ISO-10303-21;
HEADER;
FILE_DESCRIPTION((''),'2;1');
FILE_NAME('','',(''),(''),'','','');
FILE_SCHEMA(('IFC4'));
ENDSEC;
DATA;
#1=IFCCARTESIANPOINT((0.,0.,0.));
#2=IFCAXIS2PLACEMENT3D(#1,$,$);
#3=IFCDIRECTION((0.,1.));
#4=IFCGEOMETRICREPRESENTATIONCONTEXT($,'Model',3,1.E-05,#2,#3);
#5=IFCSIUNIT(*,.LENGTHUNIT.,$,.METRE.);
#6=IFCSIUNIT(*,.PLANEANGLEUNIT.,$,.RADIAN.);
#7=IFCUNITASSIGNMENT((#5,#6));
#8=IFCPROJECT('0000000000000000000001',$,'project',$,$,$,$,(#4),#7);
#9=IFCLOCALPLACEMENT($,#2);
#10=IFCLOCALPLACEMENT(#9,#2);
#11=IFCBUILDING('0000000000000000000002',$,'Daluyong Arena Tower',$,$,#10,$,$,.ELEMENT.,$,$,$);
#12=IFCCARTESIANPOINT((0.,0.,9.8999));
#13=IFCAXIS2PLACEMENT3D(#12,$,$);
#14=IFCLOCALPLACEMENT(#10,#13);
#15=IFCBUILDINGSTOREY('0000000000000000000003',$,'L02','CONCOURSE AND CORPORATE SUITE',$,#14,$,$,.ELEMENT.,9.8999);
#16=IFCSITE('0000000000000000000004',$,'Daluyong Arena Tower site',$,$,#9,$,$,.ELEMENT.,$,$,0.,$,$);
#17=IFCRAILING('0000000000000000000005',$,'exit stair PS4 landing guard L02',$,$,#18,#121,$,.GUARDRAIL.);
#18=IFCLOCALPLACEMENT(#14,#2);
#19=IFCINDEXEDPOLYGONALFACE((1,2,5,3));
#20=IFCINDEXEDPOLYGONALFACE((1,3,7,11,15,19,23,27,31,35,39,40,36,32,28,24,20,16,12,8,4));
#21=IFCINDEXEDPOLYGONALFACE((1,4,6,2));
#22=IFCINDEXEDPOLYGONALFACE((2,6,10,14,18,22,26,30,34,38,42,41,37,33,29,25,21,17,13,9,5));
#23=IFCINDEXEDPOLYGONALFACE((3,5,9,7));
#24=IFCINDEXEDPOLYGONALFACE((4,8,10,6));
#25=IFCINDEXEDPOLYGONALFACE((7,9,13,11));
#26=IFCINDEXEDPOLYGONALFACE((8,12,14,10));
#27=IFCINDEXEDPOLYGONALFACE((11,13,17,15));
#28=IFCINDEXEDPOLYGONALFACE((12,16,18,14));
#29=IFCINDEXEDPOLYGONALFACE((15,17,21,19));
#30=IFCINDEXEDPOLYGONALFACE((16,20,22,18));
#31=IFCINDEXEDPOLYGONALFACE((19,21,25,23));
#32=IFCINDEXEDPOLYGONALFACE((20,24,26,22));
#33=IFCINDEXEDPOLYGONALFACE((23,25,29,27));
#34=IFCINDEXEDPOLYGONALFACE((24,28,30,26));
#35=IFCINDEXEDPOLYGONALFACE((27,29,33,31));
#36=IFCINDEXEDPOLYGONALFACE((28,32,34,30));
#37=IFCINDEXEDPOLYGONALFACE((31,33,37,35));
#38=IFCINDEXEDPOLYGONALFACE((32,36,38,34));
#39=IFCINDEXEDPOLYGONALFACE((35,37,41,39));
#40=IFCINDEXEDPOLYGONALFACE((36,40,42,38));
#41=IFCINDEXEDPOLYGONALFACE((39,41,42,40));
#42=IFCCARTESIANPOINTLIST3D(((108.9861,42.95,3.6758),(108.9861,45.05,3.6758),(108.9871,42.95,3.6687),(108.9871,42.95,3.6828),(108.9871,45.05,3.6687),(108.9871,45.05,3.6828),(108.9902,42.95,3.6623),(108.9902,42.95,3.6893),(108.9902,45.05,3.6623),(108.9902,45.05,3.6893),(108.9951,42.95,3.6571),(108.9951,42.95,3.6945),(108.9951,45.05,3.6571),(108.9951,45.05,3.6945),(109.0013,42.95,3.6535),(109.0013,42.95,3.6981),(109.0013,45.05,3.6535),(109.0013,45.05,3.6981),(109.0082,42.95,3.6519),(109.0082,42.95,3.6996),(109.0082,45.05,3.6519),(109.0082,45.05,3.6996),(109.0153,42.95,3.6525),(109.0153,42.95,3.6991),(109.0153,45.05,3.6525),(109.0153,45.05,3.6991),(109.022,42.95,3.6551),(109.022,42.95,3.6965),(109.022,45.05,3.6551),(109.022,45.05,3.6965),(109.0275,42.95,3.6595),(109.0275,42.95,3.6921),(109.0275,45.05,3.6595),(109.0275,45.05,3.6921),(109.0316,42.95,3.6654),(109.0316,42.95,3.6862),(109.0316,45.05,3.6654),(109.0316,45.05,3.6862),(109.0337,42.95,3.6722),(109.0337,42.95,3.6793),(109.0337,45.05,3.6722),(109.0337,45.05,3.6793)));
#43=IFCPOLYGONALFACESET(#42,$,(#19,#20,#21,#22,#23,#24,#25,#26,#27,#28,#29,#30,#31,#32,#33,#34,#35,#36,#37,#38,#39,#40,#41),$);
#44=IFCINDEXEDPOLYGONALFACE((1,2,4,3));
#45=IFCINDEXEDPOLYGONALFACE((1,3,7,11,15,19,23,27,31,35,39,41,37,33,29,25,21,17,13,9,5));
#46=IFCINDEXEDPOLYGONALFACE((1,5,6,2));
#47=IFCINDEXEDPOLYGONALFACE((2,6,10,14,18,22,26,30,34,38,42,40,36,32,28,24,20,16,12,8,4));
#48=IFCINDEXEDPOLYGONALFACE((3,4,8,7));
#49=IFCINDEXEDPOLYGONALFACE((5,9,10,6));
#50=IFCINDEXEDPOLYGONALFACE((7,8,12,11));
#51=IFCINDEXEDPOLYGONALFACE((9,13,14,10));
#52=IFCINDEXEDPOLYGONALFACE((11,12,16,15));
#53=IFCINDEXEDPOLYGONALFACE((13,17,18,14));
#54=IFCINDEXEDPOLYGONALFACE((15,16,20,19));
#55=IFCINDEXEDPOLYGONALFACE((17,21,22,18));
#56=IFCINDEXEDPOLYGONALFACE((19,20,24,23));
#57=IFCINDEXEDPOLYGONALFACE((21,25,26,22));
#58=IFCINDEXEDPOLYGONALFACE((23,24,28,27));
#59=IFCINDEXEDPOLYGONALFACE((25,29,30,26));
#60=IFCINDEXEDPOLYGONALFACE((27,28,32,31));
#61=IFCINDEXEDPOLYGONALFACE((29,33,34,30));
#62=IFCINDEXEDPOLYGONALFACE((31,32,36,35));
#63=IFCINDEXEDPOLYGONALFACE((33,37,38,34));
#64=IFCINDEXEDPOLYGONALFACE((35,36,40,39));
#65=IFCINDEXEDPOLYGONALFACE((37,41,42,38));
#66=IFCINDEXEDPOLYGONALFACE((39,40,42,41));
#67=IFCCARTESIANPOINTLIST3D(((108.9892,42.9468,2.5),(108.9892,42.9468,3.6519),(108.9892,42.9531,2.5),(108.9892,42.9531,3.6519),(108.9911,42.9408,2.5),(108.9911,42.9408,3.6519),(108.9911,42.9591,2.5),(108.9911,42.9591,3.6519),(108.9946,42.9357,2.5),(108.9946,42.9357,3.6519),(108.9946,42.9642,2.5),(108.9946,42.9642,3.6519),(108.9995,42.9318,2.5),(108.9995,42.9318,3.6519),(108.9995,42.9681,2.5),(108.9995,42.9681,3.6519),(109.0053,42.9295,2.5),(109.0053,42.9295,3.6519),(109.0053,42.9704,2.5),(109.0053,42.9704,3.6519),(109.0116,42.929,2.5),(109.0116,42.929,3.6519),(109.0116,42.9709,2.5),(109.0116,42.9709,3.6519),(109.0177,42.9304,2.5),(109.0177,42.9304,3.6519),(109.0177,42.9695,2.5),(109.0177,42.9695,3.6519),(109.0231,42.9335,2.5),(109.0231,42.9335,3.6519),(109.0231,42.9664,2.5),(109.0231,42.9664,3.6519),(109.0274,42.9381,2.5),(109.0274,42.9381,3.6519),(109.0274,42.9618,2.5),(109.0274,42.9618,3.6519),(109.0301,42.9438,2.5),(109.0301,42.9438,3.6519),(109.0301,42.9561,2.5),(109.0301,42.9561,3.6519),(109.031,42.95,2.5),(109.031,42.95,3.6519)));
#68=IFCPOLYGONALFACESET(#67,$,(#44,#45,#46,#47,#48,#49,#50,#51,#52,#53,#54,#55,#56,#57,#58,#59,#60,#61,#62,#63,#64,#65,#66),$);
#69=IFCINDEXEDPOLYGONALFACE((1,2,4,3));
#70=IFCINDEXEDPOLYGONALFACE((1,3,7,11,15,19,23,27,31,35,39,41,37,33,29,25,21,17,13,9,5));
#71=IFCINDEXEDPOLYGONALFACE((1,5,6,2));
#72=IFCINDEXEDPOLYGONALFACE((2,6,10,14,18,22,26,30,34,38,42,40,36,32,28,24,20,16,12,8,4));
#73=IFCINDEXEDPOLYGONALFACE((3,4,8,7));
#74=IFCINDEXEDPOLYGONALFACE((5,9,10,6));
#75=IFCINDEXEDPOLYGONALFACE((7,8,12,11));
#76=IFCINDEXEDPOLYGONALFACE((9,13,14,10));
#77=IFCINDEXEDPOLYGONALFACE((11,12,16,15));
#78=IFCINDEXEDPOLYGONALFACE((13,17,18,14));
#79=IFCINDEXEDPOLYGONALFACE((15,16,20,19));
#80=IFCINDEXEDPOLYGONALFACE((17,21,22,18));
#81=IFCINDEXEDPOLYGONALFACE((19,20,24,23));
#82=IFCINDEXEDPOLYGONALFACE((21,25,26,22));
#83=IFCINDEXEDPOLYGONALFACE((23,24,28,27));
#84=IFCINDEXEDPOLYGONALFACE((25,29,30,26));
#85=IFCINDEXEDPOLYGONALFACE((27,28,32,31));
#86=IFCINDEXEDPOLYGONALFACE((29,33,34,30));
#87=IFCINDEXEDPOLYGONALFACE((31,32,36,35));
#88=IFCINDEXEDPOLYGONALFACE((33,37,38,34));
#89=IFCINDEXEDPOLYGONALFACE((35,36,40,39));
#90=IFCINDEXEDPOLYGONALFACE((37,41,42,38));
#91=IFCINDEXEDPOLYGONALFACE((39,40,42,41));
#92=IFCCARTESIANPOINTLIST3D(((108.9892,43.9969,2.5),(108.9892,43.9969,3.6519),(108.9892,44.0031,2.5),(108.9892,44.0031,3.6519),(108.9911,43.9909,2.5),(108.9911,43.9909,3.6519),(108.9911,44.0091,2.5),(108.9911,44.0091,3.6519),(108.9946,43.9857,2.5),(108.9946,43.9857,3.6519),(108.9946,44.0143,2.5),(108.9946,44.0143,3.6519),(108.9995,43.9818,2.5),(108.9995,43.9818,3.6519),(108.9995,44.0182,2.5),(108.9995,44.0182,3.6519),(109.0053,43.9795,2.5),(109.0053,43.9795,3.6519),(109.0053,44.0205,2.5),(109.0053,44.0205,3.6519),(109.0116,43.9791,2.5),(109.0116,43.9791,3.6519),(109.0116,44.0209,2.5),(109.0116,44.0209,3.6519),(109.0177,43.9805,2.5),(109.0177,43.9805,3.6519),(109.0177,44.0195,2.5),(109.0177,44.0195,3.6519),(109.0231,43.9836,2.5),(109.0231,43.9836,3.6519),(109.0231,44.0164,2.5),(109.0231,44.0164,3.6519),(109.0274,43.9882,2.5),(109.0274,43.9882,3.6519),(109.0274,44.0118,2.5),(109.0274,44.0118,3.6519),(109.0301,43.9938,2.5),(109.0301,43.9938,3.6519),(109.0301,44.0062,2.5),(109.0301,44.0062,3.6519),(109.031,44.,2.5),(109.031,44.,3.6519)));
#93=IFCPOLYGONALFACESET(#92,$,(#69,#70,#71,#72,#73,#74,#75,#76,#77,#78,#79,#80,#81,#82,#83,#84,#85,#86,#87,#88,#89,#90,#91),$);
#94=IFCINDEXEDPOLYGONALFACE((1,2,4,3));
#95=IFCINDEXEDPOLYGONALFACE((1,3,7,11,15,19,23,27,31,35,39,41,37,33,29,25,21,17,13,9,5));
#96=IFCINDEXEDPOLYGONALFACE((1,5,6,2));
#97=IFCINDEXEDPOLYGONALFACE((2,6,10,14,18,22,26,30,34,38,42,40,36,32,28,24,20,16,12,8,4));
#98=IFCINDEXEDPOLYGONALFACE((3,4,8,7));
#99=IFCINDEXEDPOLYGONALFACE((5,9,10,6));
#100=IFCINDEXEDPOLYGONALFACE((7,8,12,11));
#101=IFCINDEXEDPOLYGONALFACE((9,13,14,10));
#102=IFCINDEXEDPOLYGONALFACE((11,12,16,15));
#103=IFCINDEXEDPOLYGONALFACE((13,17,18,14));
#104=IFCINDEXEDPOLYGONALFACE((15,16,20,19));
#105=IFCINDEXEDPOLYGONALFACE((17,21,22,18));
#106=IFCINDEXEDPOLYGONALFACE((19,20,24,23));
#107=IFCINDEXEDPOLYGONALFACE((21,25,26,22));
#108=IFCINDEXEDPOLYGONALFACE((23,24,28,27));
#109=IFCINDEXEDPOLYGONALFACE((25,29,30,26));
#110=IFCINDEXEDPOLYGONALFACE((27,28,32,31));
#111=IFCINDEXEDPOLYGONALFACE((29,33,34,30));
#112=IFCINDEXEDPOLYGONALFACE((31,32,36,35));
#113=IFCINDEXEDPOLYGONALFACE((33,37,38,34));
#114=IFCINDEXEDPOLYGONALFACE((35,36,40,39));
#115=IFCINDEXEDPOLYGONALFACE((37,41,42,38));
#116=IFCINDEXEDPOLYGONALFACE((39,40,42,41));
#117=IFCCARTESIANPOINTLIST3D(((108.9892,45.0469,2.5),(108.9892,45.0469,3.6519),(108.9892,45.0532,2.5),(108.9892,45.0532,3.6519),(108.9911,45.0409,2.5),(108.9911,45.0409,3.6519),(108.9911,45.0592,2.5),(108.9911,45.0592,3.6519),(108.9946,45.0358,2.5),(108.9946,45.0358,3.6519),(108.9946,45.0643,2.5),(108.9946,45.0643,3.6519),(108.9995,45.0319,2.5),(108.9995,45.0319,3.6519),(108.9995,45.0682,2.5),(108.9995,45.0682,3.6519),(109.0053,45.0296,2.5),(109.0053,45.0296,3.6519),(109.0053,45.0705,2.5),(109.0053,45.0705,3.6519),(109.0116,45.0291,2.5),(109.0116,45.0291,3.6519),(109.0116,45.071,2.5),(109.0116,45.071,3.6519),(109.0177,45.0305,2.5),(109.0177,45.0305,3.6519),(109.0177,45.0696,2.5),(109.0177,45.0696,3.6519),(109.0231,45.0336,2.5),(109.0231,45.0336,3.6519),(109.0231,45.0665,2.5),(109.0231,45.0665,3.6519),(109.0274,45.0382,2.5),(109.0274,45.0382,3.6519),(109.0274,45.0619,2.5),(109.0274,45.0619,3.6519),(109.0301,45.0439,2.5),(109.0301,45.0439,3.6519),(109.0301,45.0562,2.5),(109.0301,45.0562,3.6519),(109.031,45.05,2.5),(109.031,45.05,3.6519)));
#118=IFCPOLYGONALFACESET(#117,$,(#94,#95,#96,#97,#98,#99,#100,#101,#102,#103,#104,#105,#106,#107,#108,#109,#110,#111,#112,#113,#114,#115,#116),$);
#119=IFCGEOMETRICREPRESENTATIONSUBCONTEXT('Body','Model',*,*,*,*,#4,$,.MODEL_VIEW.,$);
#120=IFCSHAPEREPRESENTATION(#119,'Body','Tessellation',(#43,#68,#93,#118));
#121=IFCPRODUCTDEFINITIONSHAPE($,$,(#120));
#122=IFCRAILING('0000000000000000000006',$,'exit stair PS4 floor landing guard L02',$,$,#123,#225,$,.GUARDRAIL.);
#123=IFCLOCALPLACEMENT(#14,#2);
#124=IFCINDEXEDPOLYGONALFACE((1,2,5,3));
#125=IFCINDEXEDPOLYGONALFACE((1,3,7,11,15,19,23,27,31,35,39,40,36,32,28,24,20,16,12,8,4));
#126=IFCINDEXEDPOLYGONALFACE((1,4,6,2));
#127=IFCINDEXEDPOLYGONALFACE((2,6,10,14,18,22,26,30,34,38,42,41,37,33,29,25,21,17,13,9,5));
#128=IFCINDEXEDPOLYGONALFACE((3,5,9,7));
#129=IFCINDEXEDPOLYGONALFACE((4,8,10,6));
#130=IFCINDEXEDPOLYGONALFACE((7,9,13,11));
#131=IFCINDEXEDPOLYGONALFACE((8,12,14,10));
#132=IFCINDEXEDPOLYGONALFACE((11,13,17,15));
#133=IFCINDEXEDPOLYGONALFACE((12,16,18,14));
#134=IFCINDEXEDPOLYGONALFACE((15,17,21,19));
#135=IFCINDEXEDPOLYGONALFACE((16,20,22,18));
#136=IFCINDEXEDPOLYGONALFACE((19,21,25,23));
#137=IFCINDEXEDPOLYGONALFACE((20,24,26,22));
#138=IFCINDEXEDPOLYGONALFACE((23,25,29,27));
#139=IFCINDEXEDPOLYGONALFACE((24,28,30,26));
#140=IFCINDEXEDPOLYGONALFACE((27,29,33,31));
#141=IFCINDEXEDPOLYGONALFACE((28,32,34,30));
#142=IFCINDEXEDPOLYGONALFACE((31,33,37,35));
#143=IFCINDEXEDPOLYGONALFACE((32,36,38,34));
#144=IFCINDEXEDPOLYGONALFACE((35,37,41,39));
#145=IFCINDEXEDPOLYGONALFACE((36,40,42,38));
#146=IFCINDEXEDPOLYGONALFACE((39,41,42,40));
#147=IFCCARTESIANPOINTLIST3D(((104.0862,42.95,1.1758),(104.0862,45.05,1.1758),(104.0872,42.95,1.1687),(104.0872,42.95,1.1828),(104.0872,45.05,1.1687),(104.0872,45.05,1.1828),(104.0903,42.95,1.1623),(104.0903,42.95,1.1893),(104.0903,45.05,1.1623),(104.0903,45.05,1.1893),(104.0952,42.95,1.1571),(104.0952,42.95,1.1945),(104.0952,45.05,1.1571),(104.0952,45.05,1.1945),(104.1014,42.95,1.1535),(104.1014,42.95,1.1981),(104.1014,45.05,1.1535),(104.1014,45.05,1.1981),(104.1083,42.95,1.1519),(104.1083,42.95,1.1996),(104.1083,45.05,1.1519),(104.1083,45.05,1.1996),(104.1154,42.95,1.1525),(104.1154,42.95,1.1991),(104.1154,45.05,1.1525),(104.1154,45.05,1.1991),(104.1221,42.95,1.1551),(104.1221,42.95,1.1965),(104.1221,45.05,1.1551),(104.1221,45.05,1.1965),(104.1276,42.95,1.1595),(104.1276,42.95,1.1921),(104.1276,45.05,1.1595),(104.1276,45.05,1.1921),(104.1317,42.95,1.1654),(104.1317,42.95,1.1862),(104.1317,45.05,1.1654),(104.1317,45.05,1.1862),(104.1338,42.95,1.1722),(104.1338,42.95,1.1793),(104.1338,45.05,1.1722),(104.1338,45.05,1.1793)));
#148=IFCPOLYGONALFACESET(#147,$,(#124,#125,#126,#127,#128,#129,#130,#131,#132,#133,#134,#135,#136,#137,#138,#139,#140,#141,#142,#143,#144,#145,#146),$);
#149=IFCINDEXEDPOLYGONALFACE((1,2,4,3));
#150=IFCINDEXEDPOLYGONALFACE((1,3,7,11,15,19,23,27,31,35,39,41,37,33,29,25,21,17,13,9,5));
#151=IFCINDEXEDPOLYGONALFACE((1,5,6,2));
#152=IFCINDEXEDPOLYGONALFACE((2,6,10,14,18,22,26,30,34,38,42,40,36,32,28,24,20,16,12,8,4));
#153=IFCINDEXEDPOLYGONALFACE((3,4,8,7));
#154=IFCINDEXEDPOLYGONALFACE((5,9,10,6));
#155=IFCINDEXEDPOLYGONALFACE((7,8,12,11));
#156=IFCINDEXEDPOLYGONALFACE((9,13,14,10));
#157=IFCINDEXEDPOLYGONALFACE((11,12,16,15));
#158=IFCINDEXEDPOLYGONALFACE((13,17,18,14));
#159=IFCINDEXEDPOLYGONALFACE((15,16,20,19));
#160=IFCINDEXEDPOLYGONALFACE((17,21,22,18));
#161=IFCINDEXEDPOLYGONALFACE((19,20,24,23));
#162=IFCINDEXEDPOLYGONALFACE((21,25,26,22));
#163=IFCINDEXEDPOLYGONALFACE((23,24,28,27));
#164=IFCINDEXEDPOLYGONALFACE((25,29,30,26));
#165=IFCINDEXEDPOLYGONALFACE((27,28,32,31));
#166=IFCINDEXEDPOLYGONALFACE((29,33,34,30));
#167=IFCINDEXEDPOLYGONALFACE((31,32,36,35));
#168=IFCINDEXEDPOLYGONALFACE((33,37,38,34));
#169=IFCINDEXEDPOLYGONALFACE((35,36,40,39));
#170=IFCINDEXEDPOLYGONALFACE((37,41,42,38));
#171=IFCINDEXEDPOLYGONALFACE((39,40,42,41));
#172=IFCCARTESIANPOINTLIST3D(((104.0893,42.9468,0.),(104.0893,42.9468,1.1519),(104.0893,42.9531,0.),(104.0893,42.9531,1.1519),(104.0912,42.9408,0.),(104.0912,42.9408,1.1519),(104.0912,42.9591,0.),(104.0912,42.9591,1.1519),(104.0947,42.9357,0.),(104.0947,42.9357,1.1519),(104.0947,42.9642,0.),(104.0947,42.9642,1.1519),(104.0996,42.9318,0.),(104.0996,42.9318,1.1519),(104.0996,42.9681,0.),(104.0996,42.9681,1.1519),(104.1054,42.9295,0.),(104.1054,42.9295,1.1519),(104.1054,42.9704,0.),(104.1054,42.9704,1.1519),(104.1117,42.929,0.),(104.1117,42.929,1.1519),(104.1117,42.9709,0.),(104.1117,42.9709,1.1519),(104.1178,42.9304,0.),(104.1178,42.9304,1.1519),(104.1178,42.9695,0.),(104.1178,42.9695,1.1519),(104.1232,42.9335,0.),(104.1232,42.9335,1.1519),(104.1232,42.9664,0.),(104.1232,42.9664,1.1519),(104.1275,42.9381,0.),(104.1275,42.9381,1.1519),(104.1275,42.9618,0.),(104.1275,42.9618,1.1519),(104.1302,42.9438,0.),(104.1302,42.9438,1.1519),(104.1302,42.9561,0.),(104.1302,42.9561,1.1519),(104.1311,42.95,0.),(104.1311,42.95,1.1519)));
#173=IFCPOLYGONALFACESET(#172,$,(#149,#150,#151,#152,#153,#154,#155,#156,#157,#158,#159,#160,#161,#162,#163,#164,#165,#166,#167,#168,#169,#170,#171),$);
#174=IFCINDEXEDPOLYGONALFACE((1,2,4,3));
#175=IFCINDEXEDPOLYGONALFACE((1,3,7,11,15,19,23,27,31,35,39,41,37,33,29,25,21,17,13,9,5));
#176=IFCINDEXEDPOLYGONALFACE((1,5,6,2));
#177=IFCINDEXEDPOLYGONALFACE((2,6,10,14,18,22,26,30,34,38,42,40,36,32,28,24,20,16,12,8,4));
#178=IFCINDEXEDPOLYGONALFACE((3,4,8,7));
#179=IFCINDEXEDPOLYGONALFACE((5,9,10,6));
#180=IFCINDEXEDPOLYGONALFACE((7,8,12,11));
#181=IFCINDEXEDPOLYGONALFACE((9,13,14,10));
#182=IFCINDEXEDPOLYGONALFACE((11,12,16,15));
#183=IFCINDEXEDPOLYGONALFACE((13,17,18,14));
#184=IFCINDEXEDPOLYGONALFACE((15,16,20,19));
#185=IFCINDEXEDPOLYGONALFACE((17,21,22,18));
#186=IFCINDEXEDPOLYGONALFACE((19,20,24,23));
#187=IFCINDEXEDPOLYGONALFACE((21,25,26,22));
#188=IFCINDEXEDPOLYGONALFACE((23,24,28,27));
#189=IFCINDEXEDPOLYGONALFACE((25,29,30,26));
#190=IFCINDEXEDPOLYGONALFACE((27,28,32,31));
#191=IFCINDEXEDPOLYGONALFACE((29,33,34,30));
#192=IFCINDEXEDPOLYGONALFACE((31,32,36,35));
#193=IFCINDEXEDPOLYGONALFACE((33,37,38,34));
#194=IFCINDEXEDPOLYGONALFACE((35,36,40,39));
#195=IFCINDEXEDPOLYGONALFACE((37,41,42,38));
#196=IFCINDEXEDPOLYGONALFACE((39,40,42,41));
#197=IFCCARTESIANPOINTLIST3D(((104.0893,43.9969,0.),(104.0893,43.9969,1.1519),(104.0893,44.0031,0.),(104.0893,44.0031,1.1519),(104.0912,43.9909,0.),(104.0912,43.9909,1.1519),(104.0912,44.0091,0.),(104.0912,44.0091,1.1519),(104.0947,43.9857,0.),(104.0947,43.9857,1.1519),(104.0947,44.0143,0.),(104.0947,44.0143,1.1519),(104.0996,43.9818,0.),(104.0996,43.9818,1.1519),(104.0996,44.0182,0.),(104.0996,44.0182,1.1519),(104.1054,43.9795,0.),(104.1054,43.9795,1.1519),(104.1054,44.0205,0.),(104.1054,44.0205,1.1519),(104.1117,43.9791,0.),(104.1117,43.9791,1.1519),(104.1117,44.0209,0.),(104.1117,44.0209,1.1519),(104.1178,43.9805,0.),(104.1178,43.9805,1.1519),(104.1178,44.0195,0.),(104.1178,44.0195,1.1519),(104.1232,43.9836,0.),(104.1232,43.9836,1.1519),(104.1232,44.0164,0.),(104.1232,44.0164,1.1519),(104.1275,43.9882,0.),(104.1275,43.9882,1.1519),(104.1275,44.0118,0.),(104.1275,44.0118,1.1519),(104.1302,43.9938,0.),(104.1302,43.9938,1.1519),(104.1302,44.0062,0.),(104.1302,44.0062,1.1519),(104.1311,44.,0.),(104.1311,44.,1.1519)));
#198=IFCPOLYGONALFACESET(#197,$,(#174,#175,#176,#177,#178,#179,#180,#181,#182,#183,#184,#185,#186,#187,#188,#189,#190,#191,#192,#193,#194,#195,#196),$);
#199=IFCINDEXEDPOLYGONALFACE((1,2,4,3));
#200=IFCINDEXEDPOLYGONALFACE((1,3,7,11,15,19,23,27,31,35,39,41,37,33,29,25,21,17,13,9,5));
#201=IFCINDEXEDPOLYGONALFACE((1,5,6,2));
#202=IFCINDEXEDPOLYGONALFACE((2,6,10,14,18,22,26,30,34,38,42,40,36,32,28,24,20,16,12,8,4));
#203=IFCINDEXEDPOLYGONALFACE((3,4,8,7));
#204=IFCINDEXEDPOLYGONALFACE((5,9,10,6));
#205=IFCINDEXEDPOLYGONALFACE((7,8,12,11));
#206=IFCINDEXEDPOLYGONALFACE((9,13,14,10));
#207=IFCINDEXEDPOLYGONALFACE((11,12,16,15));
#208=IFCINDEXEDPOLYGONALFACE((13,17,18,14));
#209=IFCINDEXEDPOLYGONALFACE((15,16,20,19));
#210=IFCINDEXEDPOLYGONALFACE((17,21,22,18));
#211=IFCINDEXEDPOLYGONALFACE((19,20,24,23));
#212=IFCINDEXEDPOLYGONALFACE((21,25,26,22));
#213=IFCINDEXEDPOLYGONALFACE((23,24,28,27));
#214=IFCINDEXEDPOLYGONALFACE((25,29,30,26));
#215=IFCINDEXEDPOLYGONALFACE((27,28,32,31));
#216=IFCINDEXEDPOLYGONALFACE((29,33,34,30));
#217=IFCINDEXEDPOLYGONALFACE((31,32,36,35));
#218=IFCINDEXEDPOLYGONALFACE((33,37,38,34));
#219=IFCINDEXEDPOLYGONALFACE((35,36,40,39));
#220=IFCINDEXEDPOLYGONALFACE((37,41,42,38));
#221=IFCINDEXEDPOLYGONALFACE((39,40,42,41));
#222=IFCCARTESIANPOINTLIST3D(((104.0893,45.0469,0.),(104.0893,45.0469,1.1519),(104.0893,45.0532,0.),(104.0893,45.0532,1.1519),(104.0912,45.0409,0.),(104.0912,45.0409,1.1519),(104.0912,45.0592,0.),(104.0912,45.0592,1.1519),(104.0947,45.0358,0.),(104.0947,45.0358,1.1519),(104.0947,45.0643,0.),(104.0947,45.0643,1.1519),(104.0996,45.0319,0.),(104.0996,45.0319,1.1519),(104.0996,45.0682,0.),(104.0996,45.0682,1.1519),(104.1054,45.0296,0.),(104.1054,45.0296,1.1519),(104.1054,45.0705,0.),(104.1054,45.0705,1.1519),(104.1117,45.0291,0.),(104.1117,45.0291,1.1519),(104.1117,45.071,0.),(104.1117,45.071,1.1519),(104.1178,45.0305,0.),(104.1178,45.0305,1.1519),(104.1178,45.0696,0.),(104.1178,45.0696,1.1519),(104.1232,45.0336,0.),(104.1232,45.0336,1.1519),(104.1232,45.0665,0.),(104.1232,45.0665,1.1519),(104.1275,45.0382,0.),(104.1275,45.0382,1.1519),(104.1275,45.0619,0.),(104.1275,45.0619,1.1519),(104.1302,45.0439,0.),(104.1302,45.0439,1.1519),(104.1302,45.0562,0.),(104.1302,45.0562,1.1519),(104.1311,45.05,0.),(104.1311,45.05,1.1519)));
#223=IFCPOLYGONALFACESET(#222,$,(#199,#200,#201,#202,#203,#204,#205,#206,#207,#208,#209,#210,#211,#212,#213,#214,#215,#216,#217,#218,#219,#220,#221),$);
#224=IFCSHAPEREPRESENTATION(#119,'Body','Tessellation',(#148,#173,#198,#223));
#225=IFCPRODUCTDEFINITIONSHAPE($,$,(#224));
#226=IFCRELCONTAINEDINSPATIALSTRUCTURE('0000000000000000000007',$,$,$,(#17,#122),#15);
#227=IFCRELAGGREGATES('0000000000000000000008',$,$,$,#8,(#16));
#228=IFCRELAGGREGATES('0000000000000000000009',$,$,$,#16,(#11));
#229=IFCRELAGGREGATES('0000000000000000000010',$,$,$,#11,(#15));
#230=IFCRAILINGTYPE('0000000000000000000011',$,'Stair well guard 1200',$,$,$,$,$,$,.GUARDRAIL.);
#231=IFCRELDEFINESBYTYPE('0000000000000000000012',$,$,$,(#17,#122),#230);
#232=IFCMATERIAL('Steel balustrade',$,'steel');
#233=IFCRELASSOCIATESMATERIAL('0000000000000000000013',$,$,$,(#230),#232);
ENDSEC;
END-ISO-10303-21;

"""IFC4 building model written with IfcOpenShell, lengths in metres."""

from ifc_helpers import new_model, si_unit, direction, frame, origin, origin_2d, place, context, subcontext, project, spatial, circle, extrude, material, type_object, element, save


model = new_model("IFC4")

# Units and contexts
model_context = context("Model", 3, precision=1e-05, world=origin(), true_north=direction((0.0, 1.0)))
body_context = subcontext(model_context, "Body", "Model", "MODEL_VIEW")
ifc_project = project(units=[si_unit("LENGTHUNIT", "METRE"), si_unit("PLANEANGLEUNIT", "RADIAN")], contexts=[model_context])

# Site, building, storey
site_placement = place(None, origin())
site = spatial("IfcSite", under=ifc_project, at=site_placement, Name="Daluyong Arena Tower site", CompositionType="ELEMENT", RefElevation=0.0)
building_placement = place(site_placement, origin())
building = spatial("IfcBuilding", under=site, at=building_placement, Name="Daluyong Arena Tower", CompositionType="ELEMENT")
storey_placement = place(building_placement, frame((0.0, 0.0, 9.8999)))
storey = spatial("IfcBuildingStorey", under=building, at=storey_placement, Name="L02", Description="CONCOURSE AND CORPORATE SUITE", CompositionType="ELEMENT", Elevation=9.8999)

# Railings
ifc_material_1 = material(Name="Steel balustrade", Category="steel")
railing_type_1 = type_object("IfcRailingType", Name="Stair well guard 1200", PredefinedType="GUARDRAIL", material=ifc_material_1)
for number, where, name in (
    (1, (109.01, 42.95, 2.5), "exit stair PS4 landing guard L02"),
    (2, (104.1101, 42.95, 0.0), "exit stair PS4 floor landing guard L02"),
):
    element("IfcRailing", number, at=place(storey_placement, frame(where)), inside=storey, type_object=railing_type_1, Name=name, PredefinedType="GUARDRAIL", context=body_context, shape_type="SweptSolid", body=[
        extrude(circle(Radius=0.0239, at=origin_2d()), frame((0.0, 0.0, 1.1758), z_axis=(0.0, 1.0, 0.0), x_axis=(-1.0, 0.0, 0.0)), (0.0, 0.0, 1.0), 2.1001),
        extrude(circle(Radius=0.021, at=origin_2d()), origin(), (0.0, 0.0, 1.0), 1.1519),
        extrude(circle(Radius=0.021, at=origin_2d()), frame((0.0, 1.05, 0.0)), (0.0, 0.0, 1.0), 1.1519),
        extrude(circle(Radius=0.021, at=origin_2d()), frame((0.0, 2.1001, 0.0)), (0.0, 0.0, 1.0), 1.1519),
    ])

save(model, "model.ifc")
